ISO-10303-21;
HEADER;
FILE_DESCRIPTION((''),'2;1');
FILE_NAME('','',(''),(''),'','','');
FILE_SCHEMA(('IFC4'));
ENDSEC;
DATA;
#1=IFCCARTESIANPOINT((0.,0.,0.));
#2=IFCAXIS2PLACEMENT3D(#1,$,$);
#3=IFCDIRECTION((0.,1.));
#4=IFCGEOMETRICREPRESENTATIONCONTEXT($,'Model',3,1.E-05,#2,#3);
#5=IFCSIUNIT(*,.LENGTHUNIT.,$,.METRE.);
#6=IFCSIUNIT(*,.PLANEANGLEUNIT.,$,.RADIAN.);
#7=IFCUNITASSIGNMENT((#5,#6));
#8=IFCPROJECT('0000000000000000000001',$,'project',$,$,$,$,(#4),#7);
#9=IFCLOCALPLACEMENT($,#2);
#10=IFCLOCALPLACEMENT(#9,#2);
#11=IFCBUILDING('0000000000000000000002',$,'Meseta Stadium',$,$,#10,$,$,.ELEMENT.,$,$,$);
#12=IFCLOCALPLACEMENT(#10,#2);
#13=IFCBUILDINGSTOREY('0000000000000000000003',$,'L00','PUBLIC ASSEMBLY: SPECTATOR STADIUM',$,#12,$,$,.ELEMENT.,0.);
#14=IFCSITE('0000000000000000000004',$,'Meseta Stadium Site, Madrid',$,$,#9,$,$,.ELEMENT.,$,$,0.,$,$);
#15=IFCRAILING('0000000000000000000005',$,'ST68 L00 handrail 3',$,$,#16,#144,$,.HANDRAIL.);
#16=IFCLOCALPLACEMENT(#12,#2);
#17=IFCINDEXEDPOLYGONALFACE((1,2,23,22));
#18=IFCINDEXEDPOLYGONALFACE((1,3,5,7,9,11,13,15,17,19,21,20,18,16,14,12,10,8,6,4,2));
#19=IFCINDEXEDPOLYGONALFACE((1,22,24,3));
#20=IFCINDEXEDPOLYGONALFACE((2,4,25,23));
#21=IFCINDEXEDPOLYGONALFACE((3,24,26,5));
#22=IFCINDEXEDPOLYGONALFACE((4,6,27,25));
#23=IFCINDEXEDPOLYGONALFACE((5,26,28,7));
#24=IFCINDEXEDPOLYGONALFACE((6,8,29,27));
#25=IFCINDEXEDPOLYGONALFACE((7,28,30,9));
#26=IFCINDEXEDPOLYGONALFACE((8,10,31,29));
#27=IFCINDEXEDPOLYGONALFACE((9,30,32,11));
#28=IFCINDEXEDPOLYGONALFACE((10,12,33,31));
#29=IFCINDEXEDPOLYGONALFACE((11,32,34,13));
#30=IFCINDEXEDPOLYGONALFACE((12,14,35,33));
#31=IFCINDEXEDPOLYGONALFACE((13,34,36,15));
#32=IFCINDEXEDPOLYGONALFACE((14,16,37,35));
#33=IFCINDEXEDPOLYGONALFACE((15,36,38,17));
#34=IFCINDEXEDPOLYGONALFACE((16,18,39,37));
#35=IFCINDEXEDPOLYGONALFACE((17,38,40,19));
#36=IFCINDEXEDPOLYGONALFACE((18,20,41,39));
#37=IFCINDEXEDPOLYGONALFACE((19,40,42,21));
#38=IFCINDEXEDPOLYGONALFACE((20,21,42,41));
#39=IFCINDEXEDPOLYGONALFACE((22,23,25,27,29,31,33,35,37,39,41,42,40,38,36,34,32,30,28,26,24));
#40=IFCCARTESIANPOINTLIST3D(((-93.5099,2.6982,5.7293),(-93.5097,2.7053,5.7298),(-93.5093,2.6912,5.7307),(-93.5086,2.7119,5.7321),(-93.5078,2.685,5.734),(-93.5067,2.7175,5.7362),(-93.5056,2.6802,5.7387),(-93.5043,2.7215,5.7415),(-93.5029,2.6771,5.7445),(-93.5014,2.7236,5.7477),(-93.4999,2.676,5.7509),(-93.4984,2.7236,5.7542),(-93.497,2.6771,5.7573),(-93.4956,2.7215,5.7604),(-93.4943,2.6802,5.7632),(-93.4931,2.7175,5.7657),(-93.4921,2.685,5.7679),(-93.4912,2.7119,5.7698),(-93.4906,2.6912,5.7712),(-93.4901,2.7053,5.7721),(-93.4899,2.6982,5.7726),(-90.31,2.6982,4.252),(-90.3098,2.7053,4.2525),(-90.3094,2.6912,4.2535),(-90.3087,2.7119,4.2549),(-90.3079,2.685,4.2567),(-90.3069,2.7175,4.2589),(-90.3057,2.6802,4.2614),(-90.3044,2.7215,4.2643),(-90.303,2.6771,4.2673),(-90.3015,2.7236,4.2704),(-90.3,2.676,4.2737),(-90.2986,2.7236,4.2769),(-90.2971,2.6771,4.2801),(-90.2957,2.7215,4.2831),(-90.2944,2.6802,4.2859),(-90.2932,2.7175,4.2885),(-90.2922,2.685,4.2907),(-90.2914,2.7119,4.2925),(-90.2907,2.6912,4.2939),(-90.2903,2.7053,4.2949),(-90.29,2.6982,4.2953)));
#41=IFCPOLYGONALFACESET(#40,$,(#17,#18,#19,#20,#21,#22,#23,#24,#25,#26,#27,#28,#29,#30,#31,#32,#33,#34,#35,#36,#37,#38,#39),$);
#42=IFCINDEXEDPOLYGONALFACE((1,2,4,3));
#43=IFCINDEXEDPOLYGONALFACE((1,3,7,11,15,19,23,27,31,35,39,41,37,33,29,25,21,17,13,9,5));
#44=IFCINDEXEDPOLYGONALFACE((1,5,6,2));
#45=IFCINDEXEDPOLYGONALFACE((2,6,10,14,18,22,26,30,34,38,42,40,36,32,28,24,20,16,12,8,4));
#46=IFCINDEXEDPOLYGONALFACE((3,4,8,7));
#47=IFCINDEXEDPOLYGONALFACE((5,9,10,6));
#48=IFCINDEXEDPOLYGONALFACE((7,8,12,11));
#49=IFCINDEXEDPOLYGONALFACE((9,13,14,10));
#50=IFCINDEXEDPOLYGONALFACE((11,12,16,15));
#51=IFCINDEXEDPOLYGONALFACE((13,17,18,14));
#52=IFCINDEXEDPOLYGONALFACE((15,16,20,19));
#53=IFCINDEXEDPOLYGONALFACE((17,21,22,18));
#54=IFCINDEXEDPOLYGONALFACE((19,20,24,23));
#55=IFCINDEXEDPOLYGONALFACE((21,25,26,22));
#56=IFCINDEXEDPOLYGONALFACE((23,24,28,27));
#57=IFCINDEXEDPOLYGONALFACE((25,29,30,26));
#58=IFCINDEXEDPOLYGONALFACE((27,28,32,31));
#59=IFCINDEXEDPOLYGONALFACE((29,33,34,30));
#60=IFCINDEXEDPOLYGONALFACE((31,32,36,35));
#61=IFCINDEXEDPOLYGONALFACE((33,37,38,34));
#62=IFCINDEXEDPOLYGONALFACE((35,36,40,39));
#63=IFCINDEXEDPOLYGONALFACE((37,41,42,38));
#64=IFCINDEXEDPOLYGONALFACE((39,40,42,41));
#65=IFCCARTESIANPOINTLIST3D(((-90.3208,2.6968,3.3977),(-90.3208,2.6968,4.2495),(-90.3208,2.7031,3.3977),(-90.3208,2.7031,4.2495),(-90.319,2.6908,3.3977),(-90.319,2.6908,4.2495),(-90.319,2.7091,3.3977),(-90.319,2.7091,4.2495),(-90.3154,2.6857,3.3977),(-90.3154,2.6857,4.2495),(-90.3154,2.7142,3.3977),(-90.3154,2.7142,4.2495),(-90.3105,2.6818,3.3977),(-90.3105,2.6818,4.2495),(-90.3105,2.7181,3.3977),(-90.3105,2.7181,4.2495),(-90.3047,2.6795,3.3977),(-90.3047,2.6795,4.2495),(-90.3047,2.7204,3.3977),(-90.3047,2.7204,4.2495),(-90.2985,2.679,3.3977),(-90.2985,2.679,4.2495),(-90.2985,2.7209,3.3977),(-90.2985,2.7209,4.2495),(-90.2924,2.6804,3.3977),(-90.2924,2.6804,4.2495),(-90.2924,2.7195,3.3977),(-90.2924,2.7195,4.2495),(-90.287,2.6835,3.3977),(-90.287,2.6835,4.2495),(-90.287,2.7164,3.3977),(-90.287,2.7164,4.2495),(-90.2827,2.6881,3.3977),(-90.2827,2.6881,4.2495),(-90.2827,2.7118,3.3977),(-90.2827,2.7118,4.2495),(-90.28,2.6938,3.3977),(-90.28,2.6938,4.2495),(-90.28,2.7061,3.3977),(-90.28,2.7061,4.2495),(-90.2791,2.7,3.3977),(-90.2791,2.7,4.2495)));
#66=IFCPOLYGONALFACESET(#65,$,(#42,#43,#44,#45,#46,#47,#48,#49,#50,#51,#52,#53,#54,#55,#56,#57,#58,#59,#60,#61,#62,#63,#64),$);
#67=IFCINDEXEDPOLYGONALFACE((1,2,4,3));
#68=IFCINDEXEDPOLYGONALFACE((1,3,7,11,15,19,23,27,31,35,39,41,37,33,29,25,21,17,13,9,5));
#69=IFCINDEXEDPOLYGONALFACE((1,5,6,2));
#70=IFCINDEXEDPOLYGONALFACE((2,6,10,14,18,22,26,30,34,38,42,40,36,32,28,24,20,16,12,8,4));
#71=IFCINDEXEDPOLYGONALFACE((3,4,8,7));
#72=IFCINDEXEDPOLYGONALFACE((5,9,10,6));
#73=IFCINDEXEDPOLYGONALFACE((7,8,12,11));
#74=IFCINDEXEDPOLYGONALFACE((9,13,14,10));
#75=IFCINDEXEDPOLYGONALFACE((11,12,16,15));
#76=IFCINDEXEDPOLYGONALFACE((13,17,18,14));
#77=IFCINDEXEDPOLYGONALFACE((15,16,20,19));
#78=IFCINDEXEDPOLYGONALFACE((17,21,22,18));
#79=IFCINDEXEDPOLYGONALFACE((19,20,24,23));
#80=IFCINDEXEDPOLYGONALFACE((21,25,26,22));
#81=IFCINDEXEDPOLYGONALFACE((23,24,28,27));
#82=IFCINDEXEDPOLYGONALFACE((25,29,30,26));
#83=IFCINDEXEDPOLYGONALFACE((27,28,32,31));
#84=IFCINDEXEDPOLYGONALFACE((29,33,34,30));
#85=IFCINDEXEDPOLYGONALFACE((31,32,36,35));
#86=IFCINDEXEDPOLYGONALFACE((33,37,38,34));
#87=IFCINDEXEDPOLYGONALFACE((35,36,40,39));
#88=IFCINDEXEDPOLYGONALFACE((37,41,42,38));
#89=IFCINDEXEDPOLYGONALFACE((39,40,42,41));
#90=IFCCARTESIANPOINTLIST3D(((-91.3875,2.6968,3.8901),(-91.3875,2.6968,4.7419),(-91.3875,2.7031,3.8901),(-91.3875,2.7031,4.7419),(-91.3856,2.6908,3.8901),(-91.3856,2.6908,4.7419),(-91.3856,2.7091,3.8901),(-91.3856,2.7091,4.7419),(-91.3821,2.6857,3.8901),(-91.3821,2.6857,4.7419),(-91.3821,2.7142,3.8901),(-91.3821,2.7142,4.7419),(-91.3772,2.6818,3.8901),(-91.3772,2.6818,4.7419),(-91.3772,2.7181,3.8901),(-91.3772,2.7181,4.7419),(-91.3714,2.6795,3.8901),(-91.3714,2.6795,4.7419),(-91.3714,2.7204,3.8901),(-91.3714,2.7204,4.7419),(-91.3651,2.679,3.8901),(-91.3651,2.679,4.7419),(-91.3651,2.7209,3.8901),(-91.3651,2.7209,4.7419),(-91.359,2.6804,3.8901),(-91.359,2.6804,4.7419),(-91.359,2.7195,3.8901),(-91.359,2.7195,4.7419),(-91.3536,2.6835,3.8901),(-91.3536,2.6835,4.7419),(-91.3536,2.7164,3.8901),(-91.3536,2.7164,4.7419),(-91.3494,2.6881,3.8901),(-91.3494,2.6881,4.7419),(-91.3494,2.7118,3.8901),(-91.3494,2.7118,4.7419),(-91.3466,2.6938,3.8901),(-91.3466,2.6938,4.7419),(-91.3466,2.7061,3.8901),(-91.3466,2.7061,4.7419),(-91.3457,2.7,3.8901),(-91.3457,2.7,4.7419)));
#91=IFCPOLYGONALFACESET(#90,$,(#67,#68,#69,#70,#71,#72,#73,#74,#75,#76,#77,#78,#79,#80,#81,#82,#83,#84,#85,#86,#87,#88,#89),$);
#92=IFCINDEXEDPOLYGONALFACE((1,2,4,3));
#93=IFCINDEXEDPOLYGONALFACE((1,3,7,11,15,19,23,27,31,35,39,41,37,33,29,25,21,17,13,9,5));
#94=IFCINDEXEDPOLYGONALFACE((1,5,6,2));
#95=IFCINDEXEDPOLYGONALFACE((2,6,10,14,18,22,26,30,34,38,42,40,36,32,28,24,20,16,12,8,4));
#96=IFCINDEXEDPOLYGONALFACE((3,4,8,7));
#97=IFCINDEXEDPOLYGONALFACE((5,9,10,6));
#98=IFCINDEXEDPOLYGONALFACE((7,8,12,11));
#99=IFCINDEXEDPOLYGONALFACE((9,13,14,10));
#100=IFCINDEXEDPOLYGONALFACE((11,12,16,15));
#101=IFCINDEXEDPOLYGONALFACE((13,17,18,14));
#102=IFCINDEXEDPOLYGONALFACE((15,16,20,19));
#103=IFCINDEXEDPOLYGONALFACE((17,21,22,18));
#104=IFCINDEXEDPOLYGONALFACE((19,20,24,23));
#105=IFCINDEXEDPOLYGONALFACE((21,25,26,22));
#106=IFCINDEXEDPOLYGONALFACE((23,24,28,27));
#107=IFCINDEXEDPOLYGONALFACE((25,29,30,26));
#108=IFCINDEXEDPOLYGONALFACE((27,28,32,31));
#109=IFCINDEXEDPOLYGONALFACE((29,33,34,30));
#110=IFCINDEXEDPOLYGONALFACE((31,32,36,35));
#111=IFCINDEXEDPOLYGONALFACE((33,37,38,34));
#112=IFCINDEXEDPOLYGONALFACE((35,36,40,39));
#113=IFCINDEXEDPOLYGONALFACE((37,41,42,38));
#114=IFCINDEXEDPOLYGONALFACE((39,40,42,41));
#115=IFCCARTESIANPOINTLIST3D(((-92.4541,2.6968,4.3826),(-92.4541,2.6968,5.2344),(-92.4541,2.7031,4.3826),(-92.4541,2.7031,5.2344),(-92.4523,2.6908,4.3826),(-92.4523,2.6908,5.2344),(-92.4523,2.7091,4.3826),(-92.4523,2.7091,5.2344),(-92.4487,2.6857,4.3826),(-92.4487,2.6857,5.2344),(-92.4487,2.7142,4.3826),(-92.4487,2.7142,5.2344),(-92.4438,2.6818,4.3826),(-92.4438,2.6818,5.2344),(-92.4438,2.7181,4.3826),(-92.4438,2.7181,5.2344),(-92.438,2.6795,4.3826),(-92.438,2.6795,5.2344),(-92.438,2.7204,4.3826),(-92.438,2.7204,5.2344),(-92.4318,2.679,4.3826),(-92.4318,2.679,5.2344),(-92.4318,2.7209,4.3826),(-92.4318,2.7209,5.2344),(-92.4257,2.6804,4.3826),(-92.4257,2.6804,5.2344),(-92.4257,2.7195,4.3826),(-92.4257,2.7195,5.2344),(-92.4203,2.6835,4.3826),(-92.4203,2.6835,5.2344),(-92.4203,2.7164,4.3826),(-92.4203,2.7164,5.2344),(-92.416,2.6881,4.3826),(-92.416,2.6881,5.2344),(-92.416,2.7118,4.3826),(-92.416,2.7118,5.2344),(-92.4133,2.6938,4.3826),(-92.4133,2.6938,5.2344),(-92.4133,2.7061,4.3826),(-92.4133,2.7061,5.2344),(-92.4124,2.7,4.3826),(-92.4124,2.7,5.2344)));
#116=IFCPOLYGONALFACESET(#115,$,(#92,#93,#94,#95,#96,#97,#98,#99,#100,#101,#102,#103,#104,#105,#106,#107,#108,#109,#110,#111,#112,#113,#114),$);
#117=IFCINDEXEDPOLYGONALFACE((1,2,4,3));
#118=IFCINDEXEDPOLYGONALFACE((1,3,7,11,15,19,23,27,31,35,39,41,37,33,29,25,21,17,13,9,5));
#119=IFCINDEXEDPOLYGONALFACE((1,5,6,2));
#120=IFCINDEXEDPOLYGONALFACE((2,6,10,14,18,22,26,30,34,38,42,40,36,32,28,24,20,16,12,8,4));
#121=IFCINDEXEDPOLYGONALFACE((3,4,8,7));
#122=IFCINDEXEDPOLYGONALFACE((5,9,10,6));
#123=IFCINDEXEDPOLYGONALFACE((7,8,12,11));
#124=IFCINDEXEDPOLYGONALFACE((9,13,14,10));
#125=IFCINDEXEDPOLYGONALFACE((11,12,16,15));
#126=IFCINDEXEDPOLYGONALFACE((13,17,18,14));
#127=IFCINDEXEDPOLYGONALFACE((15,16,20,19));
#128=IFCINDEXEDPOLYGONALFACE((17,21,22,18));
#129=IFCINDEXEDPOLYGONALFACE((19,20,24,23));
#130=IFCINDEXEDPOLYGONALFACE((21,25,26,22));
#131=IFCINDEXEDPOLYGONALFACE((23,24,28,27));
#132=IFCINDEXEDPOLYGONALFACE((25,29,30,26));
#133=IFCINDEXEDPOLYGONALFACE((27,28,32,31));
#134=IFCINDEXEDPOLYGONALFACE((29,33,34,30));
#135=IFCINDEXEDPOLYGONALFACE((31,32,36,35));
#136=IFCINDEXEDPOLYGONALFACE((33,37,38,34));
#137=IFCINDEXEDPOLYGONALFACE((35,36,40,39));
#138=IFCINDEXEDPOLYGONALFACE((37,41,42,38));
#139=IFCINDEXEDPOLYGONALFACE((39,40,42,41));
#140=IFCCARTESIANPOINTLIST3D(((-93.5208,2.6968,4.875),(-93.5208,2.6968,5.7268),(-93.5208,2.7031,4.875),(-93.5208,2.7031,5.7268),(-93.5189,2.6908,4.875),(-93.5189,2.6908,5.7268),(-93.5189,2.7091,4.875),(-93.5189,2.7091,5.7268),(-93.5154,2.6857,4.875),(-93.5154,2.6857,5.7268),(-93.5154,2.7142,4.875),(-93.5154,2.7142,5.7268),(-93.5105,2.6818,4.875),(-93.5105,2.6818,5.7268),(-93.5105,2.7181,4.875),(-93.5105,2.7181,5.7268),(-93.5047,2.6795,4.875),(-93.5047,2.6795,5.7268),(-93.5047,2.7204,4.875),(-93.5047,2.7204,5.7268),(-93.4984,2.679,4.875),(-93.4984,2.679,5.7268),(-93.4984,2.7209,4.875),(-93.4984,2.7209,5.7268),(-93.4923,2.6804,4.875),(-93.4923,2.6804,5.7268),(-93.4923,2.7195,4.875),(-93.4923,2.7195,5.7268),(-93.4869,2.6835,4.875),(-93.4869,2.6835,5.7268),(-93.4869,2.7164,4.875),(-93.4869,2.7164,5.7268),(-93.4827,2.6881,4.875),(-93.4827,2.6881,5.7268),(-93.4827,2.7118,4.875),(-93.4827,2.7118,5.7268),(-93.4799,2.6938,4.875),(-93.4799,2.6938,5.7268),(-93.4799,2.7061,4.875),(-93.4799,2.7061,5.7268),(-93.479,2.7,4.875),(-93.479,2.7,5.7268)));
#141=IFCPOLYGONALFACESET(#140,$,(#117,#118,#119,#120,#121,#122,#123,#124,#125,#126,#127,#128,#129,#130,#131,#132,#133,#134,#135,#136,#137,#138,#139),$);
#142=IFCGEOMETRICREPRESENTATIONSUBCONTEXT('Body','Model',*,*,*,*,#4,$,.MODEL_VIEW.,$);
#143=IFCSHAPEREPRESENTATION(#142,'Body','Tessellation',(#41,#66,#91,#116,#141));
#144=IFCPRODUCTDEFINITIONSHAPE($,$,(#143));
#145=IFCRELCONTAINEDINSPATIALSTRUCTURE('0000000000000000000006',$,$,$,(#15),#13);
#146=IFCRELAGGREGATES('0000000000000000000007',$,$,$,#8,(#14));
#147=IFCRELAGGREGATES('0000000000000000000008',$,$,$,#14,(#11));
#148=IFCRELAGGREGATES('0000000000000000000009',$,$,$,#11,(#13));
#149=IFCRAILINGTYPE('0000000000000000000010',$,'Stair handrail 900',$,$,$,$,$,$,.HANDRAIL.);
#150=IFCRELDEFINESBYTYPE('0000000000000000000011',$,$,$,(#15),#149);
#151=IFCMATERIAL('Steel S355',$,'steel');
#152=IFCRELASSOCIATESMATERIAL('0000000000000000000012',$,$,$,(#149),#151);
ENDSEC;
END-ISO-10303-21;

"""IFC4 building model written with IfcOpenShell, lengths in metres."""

from ifc_helpers import new_model, si_unit, direction, frame, origin, origin_2d, place, context, subcontext, project, spatial, circle, extrude, material, type_object, element, save


model = new_model("IFC4")

# Units and contexts
model_context = context("Model", 3, precision=1e-05, world=origin(), true_north=direction((0.0, 1.0)))
body_context = subcontext(model_context, "Body", "Model", "MODEL_VIEW")
ifc_project = project(units=[si_unit("LENGTHUNIT", "METRE"), si_unit("PLANEANGLEUNIT", "RADIAN")], contexts=[model_context])

# Site, building, storey
site_placement = place(None, origin())
site = spatial("IfcSite", under=ifc_project, at=site_placement, Name="Meseta Stadium Site, Madrid", CompositionType="ELEMENT", RefElevation=0.0)
building_placement = place(site_placement, origin())
building = spatial("IfcBuilding", under=site, at=building_placement, Name="Meseta Stadium", CompositionType="ELEMENT")
storey_placement = place(building_placement, origin())
storey = spatial("IfcBuildingStorey", under=building, at=storey_placement, Name="L00", Description="PUBLIC ASSEMBLY: SPECTATOR STADIUM", CompositionType="ELEMENT", Elevation=0.0)

# Railing
ifc_material_1 = material(Name="Steel S355", Category="steel")
railing_type_1 = type_object("IfcRailingType", Name="Stair handrail 900", PredefinedType="HANDRAIL", material=ifc_material_1)
for number, where, name in (
    (1, (-90.3, 2.7, 3.3977), "ST68 L00 handrail 3"),
):
    element("IfcRailing", number, at=place(storey_placement, frame(where)), inside=storey, type_object=railing_type_1, Name=name, PredefinedType="HANDRAIL", context=body_context, shape_type="SweptSolid", body=[
        extrude(circle(Radius=0.0239, at=origin_2d()), frame((0.0, 0.0, 0.876), z_axis=(-0.907917, 0.0, 0.41915), x_axis=(0.0, -1.0, 0.0)), (0.0, 0.0, 1.0), 3.5244),
        extrude(circle(Radius=0.021, at=origin_2d()), origin(), (0.0, 0.0, 1.0), 0.8518),
        extrude(circle(Radius=0.021, at=origin_2d()), frame((-1.0667, 0.0, 0.4924)), (0.0, 0.0, 1.0), 0.8518),
        extrude(circle(Radius=0.021, at=origin_2d()), frame((-2.1333, 0.0, 0.9849)), (0.0, 0.0, 1.0), 0.8518),
        extrude(circle(Radius=0.021, at=origin_2d()), frame((-3.2, 0.0, 1.4773)), (0.0, 0.0, 1.0), 0.8518),
    ])

save(model, "model.ifc")
